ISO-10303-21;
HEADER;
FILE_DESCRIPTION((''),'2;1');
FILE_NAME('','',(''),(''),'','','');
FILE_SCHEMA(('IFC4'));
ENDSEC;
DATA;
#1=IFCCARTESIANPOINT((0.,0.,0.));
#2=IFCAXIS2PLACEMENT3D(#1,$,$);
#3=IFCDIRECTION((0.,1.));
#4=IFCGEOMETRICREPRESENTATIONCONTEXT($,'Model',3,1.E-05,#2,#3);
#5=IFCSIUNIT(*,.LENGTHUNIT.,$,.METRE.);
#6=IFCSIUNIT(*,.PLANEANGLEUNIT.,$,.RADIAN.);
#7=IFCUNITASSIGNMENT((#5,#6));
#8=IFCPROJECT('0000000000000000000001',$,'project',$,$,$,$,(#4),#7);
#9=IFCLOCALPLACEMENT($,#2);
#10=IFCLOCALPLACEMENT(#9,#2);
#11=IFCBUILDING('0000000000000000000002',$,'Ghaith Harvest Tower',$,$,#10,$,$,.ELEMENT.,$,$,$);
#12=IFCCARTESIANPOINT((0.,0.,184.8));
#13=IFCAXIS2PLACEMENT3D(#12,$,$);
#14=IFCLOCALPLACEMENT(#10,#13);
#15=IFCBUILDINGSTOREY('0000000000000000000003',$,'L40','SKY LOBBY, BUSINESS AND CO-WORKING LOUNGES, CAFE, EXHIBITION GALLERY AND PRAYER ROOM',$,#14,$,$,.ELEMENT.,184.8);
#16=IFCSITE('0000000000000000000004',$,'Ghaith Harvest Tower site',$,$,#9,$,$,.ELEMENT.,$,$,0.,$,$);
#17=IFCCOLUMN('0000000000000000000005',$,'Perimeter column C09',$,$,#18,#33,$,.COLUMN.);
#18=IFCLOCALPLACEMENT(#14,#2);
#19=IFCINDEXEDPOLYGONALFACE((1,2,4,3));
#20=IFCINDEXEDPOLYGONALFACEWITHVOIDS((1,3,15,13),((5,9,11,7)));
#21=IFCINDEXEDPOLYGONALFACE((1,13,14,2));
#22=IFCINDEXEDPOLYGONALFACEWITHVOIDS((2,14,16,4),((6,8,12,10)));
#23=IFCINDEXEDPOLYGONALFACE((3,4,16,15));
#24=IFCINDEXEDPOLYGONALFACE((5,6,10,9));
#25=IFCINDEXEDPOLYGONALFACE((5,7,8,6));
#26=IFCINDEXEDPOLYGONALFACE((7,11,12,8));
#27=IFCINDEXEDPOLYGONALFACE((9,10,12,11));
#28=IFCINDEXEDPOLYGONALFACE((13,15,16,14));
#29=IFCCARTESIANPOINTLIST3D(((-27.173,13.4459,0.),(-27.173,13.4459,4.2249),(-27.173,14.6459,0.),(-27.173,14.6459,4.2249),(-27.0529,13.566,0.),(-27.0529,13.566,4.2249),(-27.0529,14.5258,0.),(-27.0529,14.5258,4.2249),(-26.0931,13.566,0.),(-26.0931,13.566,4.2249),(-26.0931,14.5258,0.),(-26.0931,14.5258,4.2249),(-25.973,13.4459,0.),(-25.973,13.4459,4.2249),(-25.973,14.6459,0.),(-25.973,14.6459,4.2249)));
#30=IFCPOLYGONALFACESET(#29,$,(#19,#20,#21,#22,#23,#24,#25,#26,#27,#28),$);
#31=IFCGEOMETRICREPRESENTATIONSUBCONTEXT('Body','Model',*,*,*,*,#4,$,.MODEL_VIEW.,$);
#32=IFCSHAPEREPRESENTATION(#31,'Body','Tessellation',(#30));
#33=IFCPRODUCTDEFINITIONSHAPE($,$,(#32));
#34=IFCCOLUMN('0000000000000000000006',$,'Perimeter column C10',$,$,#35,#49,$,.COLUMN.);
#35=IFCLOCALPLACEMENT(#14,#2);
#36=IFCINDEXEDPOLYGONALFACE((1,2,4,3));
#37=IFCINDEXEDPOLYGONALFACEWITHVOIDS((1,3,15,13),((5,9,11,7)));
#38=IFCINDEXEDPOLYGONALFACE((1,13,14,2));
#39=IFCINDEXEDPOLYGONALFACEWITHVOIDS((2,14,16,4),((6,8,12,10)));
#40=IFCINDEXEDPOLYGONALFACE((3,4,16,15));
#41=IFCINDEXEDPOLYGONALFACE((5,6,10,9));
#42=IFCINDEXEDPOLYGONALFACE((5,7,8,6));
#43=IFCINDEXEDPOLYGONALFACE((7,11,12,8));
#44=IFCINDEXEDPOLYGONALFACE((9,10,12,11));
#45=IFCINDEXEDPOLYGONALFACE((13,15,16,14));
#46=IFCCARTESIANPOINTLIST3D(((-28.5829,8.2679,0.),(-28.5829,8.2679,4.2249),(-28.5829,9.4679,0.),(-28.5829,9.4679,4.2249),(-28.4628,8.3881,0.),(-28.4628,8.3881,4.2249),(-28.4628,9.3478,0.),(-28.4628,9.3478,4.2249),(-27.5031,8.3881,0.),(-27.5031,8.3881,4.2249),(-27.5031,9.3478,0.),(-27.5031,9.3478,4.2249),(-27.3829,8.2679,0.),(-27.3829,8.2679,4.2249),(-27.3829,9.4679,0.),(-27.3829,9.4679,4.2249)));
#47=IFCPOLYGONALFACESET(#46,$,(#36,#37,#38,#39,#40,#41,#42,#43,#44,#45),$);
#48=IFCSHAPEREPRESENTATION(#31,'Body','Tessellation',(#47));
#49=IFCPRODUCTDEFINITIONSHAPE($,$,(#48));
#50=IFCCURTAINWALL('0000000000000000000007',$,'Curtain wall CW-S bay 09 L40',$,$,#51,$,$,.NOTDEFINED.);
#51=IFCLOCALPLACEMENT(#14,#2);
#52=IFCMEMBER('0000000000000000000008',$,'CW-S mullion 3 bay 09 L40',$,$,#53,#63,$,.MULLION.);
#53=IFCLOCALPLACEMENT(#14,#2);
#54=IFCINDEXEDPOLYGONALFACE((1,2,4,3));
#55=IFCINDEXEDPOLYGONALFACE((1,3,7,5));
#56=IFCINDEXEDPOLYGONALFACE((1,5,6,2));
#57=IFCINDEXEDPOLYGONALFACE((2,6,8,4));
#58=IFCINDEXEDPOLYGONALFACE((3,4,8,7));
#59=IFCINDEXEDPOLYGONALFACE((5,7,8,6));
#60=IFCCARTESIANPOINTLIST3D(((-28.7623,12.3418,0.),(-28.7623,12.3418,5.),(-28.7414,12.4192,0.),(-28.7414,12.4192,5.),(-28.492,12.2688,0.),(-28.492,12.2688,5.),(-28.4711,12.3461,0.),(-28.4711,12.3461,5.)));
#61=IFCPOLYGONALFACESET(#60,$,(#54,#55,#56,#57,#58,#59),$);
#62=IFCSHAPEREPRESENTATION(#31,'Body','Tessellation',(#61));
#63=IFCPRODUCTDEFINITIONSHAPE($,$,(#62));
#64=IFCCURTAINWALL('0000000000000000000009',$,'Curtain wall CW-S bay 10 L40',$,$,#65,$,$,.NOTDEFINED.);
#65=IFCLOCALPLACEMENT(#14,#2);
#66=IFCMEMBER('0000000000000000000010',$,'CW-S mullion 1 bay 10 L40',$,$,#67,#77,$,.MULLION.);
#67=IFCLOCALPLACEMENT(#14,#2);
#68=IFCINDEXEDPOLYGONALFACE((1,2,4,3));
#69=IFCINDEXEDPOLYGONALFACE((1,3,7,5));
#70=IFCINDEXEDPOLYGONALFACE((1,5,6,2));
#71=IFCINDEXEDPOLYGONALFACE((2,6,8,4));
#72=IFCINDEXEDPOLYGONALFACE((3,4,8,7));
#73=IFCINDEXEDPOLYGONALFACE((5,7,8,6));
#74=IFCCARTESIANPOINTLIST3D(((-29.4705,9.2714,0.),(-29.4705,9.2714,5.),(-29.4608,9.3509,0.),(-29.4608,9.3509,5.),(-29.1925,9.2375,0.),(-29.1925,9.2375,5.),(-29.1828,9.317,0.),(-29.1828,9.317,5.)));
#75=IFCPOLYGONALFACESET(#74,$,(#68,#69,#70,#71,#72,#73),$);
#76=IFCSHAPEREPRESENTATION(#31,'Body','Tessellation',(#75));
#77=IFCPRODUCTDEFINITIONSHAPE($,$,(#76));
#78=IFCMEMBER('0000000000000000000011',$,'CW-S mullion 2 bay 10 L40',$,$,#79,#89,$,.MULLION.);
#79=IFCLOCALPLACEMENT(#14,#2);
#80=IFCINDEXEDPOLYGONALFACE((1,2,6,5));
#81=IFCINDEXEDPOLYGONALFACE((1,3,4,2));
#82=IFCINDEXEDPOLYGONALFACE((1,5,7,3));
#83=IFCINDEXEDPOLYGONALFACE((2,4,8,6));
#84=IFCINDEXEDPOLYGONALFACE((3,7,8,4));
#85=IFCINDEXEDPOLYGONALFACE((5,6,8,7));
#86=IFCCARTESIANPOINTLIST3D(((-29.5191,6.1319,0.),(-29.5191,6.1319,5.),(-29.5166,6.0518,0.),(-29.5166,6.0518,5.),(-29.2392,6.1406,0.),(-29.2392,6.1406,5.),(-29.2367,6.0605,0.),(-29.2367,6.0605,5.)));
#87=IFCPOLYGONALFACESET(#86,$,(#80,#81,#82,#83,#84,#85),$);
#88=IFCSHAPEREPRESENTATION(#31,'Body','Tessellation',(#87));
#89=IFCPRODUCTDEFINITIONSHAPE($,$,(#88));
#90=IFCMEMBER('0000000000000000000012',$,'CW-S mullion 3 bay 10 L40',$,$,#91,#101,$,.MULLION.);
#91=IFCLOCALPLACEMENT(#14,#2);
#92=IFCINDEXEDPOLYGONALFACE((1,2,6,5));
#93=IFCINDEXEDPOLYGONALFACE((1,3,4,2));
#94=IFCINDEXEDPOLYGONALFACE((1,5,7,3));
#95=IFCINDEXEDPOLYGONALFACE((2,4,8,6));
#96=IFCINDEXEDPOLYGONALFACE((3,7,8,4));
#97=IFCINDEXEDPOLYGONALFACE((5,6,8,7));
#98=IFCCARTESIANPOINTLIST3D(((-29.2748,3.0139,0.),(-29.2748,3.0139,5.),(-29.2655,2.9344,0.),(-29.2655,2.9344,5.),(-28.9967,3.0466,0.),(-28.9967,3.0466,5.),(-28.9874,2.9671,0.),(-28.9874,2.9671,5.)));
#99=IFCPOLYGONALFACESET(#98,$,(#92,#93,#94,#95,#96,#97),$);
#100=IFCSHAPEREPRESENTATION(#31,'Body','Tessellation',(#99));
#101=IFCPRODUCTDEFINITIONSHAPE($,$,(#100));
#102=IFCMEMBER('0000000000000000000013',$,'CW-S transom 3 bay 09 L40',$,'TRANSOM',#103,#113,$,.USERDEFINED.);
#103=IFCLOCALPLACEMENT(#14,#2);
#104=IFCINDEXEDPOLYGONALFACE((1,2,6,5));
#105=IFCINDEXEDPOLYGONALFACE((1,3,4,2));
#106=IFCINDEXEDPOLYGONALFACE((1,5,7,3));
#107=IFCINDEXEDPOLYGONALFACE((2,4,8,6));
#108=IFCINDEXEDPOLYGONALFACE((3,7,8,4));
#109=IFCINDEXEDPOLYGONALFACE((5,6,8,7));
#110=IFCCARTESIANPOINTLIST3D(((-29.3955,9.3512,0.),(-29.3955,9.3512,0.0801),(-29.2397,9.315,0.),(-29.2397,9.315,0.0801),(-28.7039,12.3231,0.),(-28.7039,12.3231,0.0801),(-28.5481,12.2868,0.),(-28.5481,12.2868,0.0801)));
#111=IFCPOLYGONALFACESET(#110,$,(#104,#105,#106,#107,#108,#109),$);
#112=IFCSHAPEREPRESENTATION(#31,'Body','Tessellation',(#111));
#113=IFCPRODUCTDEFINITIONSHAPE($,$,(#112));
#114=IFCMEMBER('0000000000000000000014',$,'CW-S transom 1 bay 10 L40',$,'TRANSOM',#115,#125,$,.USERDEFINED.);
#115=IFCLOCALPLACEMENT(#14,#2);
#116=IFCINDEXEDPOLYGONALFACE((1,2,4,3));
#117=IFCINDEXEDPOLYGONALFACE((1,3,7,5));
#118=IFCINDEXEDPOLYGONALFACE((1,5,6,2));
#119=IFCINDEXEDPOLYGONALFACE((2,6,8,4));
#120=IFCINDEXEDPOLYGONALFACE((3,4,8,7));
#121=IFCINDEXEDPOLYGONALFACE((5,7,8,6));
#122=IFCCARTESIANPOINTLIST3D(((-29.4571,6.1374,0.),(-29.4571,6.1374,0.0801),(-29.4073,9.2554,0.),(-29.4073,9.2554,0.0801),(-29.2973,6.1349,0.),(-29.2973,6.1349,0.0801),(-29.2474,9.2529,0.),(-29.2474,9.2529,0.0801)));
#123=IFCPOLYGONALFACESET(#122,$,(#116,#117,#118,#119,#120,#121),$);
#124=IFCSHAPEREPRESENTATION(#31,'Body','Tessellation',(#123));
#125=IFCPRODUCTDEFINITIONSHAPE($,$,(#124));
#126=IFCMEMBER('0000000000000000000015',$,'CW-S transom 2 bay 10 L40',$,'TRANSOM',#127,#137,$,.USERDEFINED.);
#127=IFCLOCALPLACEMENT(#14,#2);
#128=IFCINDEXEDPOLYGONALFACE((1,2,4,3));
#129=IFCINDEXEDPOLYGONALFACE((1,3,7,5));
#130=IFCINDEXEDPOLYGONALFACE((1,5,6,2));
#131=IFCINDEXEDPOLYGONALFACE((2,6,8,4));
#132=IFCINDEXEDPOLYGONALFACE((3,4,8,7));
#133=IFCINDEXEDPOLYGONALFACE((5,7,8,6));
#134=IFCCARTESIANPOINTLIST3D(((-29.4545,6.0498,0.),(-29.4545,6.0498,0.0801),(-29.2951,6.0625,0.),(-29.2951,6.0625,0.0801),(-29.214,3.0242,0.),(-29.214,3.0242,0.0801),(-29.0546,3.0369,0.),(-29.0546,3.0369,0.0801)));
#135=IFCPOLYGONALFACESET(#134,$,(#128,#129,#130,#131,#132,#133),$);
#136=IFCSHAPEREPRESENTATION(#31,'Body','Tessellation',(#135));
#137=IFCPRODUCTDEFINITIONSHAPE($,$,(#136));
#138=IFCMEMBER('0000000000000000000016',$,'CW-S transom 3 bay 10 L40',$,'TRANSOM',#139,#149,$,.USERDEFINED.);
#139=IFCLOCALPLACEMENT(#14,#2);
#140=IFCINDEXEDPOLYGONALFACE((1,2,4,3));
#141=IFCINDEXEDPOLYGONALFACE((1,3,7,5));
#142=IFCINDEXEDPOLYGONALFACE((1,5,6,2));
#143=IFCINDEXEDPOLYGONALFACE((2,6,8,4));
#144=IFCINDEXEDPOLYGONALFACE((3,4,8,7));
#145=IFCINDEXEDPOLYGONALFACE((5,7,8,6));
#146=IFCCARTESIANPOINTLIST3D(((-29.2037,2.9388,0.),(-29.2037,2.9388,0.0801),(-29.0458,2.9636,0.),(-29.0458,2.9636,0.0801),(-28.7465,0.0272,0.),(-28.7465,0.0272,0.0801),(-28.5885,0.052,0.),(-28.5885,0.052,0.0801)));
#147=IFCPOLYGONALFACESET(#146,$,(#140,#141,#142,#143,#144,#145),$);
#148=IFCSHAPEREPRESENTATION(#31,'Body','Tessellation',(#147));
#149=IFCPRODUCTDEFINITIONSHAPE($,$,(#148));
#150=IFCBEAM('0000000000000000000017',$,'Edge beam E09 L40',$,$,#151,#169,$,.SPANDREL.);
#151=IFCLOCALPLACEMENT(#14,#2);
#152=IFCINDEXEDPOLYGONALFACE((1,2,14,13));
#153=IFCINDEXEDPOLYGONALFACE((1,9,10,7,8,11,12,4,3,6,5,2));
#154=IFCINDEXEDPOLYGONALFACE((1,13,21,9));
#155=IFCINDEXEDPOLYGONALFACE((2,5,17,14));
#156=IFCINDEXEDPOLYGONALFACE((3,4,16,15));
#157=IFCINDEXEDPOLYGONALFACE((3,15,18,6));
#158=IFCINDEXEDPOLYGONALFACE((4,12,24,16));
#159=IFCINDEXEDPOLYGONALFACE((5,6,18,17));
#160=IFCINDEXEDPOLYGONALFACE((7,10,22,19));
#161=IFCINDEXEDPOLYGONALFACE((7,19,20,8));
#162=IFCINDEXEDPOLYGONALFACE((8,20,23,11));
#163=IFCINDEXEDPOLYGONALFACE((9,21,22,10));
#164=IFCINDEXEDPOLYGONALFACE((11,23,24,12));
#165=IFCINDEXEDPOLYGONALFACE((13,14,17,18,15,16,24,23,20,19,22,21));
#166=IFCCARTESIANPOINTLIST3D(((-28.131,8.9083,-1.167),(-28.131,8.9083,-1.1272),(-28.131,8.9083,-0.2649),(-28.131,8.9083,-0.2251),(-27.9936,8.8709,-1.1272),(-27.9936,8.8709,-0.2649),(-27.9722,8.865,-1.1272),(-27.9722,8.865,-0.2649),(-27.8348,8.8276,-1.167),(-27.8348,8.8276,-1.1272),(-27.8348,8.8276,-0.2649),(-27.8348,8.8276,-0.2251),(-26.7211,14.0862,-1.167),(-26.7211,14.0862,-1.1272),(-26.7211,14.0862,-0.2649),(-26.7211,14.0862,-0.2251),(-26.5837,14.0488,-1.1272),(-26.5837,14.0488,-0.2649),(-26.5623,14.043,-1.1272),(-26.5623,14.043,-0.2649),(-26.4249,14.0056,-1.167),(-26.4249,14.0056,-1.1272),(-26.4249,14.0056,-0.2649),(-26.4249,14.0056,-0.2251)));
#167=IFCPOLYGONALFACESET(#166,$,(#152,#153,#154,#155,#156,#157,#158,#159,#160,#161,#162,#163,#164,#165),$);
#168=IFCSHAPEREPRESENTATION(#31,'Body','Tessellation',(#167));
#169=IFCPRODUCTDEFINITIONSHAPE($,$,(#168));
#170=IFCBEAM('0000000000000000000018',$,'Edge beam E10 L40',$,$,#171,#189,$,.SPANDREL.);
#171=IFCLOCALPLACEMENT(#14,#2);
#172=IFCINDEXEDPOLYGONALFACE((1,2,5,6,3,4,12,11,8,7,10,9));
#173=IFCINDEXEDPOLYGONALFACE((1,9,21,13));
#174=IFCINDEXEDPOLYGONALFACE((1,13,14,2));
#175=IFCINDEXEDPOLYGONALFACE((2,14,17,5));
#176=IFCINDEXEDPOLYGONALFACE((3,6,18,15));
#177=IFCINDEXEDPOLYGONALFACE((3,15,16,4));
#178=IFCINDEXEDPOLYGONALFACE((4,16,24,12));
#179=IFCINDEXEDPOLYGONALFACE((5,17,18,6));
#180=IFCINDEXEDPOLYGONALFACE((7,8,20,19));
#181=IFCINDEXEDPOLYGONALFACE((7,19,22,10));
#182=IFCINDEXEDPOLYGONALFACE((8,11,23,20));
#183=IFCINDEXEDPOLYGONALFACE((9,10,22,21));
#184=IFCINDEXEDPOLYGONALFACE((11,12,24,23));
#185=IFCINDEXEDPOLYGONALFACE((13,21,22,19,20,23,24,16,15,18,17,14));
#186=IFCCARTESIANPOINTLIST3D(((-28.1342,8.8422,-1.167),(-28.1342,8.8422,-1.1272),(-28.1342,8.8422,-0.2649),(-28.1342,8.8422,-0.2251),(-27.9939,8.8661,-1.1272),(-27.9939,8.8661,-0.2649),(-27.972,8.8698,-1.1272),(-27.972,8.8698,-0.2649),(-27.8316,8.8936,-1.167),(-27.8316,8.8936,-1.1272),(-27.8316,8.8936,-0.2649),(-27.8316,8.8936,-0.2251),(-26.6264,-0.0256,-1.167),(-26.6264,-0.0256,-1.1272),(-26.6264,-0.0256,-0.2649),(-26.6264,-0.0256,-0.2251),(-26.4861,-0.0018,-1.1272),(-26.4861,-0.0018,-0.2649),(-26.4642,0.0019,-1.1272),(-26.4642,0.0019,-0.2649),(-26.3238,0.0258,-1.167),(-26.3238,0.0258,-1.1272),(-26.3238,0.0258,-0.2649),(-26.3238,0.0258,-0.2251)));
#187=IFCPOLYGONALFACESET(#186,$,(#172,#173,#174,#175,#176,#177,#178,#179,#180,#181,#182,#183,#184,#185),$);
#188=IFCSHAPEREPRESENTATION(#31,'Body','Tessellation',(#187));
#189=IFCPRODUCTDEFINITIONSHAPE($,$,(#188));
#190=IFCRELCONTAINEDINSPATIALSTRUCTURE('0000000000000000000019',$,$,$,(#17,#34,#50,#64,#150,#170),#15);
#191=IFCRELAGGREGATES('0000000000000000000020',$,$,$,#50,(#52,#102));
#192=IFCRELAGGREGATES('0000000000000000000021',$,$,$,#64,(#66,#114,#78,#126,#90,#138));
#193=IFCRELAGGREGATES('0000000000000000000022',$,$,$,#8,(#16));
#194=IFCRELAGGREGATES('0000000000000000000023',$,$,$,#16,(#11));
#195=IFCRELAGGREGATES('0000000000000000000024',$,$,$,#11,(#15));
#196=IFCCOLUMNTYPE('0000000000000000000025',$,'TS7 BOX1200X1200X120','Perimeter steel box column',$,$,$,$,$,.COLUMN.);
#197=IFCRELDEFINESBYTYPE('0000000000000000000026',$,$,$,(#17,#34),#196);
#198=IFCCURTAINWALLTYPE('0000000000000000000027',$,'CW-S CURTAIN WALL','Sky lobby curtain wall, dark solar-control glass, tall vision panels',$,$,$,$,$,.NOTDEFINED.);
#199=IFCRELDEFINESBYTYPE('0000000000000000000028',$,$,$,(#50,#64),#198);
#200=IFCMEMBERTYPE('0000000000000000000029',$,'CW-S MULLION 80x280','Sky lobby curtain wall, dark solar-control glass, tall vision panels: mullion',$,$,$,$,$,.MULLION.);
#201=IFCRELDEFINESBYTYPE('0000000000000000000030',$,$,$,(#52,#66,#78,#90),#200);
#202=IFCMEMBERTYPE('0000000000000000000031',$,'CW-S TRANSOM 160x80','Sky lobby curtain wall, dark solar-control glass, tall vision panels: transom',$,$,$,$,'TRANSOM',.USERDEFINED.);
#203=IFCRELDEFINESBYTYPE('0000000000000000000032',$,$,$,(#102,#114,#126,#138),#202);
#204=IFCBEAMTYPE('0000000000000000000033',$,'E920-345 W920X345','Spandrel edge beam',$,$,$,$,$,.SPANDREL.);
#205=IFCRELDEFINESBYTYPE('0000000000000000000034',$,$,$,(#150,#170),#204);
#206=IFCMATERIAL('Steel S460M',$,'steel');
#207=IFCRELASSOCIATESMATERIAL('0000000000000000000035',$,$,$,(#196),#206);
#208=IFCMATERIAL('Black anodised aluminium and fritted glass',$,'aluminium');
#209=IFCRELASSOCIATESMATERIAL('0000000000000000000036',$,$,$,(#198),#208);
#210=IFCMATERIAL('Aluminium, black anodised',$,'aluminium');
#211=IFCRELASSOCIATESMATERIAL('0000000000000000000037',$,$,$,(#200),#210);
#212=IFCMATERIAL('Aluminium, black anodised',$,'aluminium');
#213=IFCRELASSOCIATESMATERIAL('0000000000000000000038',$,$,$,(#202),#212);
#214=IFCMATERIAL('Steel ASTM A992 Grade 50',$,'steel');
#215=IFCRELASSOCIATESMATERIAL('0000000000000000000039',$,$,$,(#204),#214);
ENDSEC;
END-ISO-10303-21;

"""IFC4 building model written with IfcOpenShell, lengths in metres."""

from ifc_helpers import new_model, si_unit, direction, frame, origin, origin_2d, place, context, subcontext, project, spatial, rectangle, hollow_rectangle, i_section, extrude, material, material_profile, profile_set, type_object, element, aggregate, save


model = new_model("IFC4")

# Units and contexts
model_context = context("Model", 3, precision=1e-05, world=origin(), true_north=direction((0.0, 1.0)))
body_context = subcontext(model_context, "Body", "Model", "MODEL_VIEW")
ifc_project = project(units=[si_unit("LENGTHUNIT", "METRE"), si_unit("PLANEANGLEUNIT", "RADIAN")], contexts=[model_context])

# Site, building, storey
site_placement = place(None, origin())
site = spatial("IfcSite", under=ifc_project, at=site_placement, Name="Ghaith Harvest Tower site", CompositionType="ELEMENT", RefElevation=0.0)
building_placement = place(site_placement, origin())
building = spatial("IfcBuilding", under=site, at=building_placement, Name="Ghaith Harvest Tower", CompositionType="ELEMENT")
storey_placement = place(building_placement, frame((0.0, 0.0, 184.8)))
storey = spatial("IfcBuildingStorey", under=building, at=storey_placement, Name="L40", Description="SKY LOBBY, BUSINESS AND CO-WORKING LOUNGES, CAFE, EXHIBITION GALLERY AND PRAYER ROOM", CompositionType="ELEMENT", Elevation=184.8)

# Columns
ifc_material_1 = material(Name="Steel S460M", Category="steel")
ifc_material_profile_1 = material_profile(ifc_material_1, hollow_rectangle(XDim=1.2, YDim=1.2, WallThickness=0.1201, at=origin_2d()), Name="BOX1200X1200X120")
ifc_profile_set_1 = profile_set([ifc_material_profile_1], Name="Steel S460M")
column_type = type_object("IfcColumnType", Name="TS7 BOX1200X1200X120", Description="Perimeter steel box column", PredefinedType="COLUMN", material=ifc_profile_set_1)
for number, where, z_axis, x_axis, name in (
    (1, (-26.573, 14.0459, 0.0), (0.0, 0.0, 1.0), (1.0, 0.0, 0.0), "Perimeter column C09"),
    (2, (-27.9829, 8.8679, 0.0), (0.0, 0.0, 1.0), (1.0, 0.0, 0.0), "Perimeter column C10"),
):
    element("IfcColumn", number, at=place(storey_placement, frame(where, z_axis=z_axis, x_axis=x_axis)), inside=storey, type_object=column_type, Name=name, PredefinedType="COLUMN", context=body_context, shape_type="SweptSolid", body=[
        extrude(hollow_rectangle(XDim=1.2, YDim=1.2, WallThickness=0.1201, at=origin_2d()), origin(), (0.0, 0.0, 1.0), 4.2249),
    ])

# Curtain wall, member
ifc_material_2 = material(Name="Black anodised aluminium and fritted glass", Category="aluminium")
curtain_wall_type = type_object("IfcCurtainWallType", Name="CW-S CURTAIN WALL", Description="Sky lobby curtain wall, dark solar-control glass, tall vision panels", PredefinedType="NOTDEFINED", material=ifc_material_2)
curtain_wall_1_placement = place(storey_placement, origin())
curtain_wall_1 = element("IfcCurtainWall", 3, at=curtain_wall_1_placement, inside=storey, type_object=curtain_wall_type, Name="Curtain wall CW-S bay 09 L40", PredefinedType="NOTDEFINED")
ifc_material_3 = material(Name="Aluminium, black anodised", Category="aluminium")
ifc_material_profile_2 = material_profile(ifc_material_3, rectangle(XDim=0.0801, YDim=0.28, at=origin_2d()), Name="CW-S MULLION 80x280")
ifc_profile_set_2 = profile_set([ifc_material_profile_2], Name="Aluminium, black anodised")
member_type_1 = type_object("IfcMemberType", Name="CW-S MULLION 80x280", Description="Sky lobby curtain wall, dark solar-control glass, tall vision panels: mullion", PredefinedType="MULLION", material=ifc_profile_set_2)
member_1_placement = place(storey_placement, frame((-28.6167, 12.344, 0.0), z_axis=(0.0, 0.0, 1.0), x_axis=(-0.260727, -0.965412, 0.0)))
member_1 = element("IfcMember", 4, at=member_1_placement, type_object=member_type_1, Name="CW-S mullion 3 bay 09 L40", PredefinedType="MULLION", context=body_context, shape_type="SweptSolid", body=[
    extrude(rectangle(XDim=0.0801, YDim=0.28, at=origin_2d()), origin(), (0.0, 0.0, 1.0), 5.0),
])

# Curtain wall, members
curtain_wall_2_placement = place(storey_placement, origin())
curtain_wall_2 = element("IfcCurtainWall", 5, at=curtain_wall_2_placement, inside=storey, type_object=curtain_wall_type, Name="Curtain wall CW-S bay 10 L40", PredefinedType="NOTDEFINED")
member_2_placement = place(storey_placement, frame((-29.3267, 9.2942, 0.0), z_axis=(0.0, 0.0, 1.0), x_axis=(-0.120932, -0.992661, 0.0)))
member_2 = element("IfcMember", 6, at=member_2_placement, type_object=member_type_1, Name="CW-S mullion 1 bay 10 L40", PredefinedType="MULLION", context=body_context, shape_type="SweptSolid", body=[
    extrude(rectangle(XDim=0.0801, YDim=0.28, at=origin_2d()), origin(), (0.0, 0.0, 1.0), 5.0),
])
member_3_placement = place(storey_placement, frame((-29.3779, 6.0962, 0.0), z_axis=(0.0, 0.0, 1.0), x_axis=(0.031028, -0.999519, 0.0)))
member_3 = element("IfcMember", 7, at=member_3_placement, type_object=member_type_1, Name="CW-S mullion 2 bay 10 L40", PredefinedType="MULLION", context=body_context, shape_type="SweptSolid", body=[
    extrude(rectangle(XDim=0.0801, YDim=0.28, at=origin_2d()), origin(), (0.0, 0.0, 1.0), 5.0),
])
member_4_placement = place(storey_placement, frame((-29.1311, 2.9905, 0.0), z_axis=(0.0, 0.0, 1.0), x_axis=(0.116764, -0.99316, 0.0)))
member_4 = element("IfcMember", 8, at=member_4_placement, type_object=member_type_1, Name="CW-S mullion 3 bay 10 L40", PredefinedType="MULLION", context=body_context, shape_type="SweptSolid", body=[
    extrude(rectangle(XDim=0.0801, YDim=0.28, at=origin_2d()), origin(), (0.0, 0.0, 1.0), 5.0),
])

# Members
ifc_material_4 = material(Name="Aluminium, black anodised", Category="aluminium")
ifc_material_profile_3 = material_profile(ifc_material_4, rectangle(XDim=0.1599, YDim=0.0801, at=origin_2d()), Name="CW-S TRANSOM 160x80")
ifc_profile_set_3 = profile_set([ifc_material_profile_3], Name="Aluminium, black anodised")
member_type_2 = type_object("IfcMemberType", Name="CW-S TRANSOM 160x80", Description="Sky lobby curtain wall, dark solar-control glass, tall vision panels: transom", ElementType="TRANSOM", PredefinedType="USERDEFINED", material=ifc_profile_set_3)
member_5_placement = place(storey_placement, frame((-28.626, 12.3049, 0.04), z_axis=(-0.226671, -0.973971, 0.0), x_axis=(0.973971, -0.226671, 0.0)))
member_5 = element("IfcMember", 9, at=member_5_placement, type_object=member_type_2, Name="CW-S transom 3 bay 09 L40", ObjectType="TRANSOM", PredefinedType="USERDEFINED", context=body_context, shape_type="SweptSolid", body=[
    extrude(rectangle(XDim=0.1599, YDim=0.0801, at=origin_2d()), origin(), (0.0, 0.0, 1.0), 3.0513),
])
member_6_placement = place(storey_placement, frame((-29.3274, 9.2542, 0.04), z_axis=(-0.015972, -0.999872, 0.0), x_axis=(0.999872, -0.015972, 0.0)))
member_6 = element("IfcMember", 10, at=member_6_placement, type_object=member_type_2, Name="CW-S transom 1 bay 10 L40", ObjectType="TRANSOM", PredefinedType="USERDEFINED", context=body_context, shape_type="SweptSolid", body=[
    extrude(rectangle(XDim=0.1599, YDim=0.0801, at=origin_2d()), origin(), (0.0, 0.0, 1.0), 3.1184),
])
member_7_placement = place(storey_placement, frame((-29.3748, 6.0562, 0.04), z_axis=(0.07923, -0.996856, 0.0), x_axis=(0.996856, 0.07923, 0.0)))
member_7 = element("IfcMember", 11, at=member_7_placement, type_object=member_type_2, Name="CW-S transom 2 bay 10 L40", ObjectType="TRANSOM", PredefinedType="USERDEFINED", context=body_context, shape_type="SweptSolid", body=[
    extrude(rectangle(XDim=0.1599, YDim=0.0801, at=origin_2d()), origin(), (0.0, 0.0, 1.0), 3.0352),
])
member_8_placement = place(storey_placement, frame((-29.1248, 2.9512, 0.04), z_axis=(0.15515, -0.987891, 0.0), x_axis=(0.987891, 0.15515, 0.0)))
member_8 = element("IfcMember", 12, at=member_8_placement, type_object=member_type_2, Name="CW-S transom 3 bay 10 L40", ObjectType="TRANSOM", PredefinedType="USERDEFINED", context=body_context, shape_type="SweptSolid", body=[
    extrude(rectangle(XDim=0.1599, YDim=0.0801, at=origin_2d()), origin(), (0.0, 0.0, 1.0), 2.9473),
])

# Beams
ifc_material_5 = material(Name="Steel ASTM A992 Grade 50", Category="steel")
ifc_material_profile_4 = material_profile(ifc_material_5, i_section(OverallWidth=0.3069, OverallDepth=0.9419, WebThickness=0.0222, FlangeThickness=0.0398, at=origin_2d()), Name="W920X345")
ifc_profile_set_4 = profile_set([ifc_material_profile_4], Name="Steel ASTM A992 Grade 50")
beam_type_1 = type_object("IfcBeamType", Name="E920-345 W920X345", Description="Spandrel edge beam", PredefinedType="SPANDREL", material=ifc_profile_set_4)
beam_1_placement = place(storey_placement, frame((-26.573, 14.0459, -0.696), z_axis=(-0.262725, -0.964871, 0.0), x_axis=(0.964871, -0.262725, 0.0)))
element("IfcBeam", 13, at=beam_1_placement, inside=storey, type_object=beam_type_1, Name="Edge beam E09 L40", PredefinedType="SPANDREL", context=body_context, shape_type="SweptSolid", body=[
    extrude(i_section(OverallWidth=0.3069, OverallDepth=0.9419, WebThickness=0.0222, FlangeThickness=0.0398, at=origin_2d()), origin(), (0.0, 0.0, 1.0), 5.3665),
])
beam_2_placement = place(storey_placement, frame((-27.9829, 8.8679, -0.696), z_axis=(0.167624, -0.985851, 0.0), x_axis=(0.985851, 0.167624, 0.0)))
element("IfcBeam", 14, at=beam_2_placement, inside=storey, type_object=beam_type_1, Name="Edge beam E10 L40", PredefinedType="SPANDREL", context=body_context, shape_type="SweptSolid", body=[
    extrude(i_section(OverallWidth=0.3069, OverallDepth=0.9419, WebThickness=0.0222, FlangeThickness=0.0398, at=origin_2d()), origin(), (0.0, 0.0, 1.0), 8.9951),
])

aggregate(curtain_wall_1, [member_1, member_5])
aggregate(curtain_wall_2, [member_2, member_6, member_3, member_7, member_4, member_8])

save(model, "model.ifc")
